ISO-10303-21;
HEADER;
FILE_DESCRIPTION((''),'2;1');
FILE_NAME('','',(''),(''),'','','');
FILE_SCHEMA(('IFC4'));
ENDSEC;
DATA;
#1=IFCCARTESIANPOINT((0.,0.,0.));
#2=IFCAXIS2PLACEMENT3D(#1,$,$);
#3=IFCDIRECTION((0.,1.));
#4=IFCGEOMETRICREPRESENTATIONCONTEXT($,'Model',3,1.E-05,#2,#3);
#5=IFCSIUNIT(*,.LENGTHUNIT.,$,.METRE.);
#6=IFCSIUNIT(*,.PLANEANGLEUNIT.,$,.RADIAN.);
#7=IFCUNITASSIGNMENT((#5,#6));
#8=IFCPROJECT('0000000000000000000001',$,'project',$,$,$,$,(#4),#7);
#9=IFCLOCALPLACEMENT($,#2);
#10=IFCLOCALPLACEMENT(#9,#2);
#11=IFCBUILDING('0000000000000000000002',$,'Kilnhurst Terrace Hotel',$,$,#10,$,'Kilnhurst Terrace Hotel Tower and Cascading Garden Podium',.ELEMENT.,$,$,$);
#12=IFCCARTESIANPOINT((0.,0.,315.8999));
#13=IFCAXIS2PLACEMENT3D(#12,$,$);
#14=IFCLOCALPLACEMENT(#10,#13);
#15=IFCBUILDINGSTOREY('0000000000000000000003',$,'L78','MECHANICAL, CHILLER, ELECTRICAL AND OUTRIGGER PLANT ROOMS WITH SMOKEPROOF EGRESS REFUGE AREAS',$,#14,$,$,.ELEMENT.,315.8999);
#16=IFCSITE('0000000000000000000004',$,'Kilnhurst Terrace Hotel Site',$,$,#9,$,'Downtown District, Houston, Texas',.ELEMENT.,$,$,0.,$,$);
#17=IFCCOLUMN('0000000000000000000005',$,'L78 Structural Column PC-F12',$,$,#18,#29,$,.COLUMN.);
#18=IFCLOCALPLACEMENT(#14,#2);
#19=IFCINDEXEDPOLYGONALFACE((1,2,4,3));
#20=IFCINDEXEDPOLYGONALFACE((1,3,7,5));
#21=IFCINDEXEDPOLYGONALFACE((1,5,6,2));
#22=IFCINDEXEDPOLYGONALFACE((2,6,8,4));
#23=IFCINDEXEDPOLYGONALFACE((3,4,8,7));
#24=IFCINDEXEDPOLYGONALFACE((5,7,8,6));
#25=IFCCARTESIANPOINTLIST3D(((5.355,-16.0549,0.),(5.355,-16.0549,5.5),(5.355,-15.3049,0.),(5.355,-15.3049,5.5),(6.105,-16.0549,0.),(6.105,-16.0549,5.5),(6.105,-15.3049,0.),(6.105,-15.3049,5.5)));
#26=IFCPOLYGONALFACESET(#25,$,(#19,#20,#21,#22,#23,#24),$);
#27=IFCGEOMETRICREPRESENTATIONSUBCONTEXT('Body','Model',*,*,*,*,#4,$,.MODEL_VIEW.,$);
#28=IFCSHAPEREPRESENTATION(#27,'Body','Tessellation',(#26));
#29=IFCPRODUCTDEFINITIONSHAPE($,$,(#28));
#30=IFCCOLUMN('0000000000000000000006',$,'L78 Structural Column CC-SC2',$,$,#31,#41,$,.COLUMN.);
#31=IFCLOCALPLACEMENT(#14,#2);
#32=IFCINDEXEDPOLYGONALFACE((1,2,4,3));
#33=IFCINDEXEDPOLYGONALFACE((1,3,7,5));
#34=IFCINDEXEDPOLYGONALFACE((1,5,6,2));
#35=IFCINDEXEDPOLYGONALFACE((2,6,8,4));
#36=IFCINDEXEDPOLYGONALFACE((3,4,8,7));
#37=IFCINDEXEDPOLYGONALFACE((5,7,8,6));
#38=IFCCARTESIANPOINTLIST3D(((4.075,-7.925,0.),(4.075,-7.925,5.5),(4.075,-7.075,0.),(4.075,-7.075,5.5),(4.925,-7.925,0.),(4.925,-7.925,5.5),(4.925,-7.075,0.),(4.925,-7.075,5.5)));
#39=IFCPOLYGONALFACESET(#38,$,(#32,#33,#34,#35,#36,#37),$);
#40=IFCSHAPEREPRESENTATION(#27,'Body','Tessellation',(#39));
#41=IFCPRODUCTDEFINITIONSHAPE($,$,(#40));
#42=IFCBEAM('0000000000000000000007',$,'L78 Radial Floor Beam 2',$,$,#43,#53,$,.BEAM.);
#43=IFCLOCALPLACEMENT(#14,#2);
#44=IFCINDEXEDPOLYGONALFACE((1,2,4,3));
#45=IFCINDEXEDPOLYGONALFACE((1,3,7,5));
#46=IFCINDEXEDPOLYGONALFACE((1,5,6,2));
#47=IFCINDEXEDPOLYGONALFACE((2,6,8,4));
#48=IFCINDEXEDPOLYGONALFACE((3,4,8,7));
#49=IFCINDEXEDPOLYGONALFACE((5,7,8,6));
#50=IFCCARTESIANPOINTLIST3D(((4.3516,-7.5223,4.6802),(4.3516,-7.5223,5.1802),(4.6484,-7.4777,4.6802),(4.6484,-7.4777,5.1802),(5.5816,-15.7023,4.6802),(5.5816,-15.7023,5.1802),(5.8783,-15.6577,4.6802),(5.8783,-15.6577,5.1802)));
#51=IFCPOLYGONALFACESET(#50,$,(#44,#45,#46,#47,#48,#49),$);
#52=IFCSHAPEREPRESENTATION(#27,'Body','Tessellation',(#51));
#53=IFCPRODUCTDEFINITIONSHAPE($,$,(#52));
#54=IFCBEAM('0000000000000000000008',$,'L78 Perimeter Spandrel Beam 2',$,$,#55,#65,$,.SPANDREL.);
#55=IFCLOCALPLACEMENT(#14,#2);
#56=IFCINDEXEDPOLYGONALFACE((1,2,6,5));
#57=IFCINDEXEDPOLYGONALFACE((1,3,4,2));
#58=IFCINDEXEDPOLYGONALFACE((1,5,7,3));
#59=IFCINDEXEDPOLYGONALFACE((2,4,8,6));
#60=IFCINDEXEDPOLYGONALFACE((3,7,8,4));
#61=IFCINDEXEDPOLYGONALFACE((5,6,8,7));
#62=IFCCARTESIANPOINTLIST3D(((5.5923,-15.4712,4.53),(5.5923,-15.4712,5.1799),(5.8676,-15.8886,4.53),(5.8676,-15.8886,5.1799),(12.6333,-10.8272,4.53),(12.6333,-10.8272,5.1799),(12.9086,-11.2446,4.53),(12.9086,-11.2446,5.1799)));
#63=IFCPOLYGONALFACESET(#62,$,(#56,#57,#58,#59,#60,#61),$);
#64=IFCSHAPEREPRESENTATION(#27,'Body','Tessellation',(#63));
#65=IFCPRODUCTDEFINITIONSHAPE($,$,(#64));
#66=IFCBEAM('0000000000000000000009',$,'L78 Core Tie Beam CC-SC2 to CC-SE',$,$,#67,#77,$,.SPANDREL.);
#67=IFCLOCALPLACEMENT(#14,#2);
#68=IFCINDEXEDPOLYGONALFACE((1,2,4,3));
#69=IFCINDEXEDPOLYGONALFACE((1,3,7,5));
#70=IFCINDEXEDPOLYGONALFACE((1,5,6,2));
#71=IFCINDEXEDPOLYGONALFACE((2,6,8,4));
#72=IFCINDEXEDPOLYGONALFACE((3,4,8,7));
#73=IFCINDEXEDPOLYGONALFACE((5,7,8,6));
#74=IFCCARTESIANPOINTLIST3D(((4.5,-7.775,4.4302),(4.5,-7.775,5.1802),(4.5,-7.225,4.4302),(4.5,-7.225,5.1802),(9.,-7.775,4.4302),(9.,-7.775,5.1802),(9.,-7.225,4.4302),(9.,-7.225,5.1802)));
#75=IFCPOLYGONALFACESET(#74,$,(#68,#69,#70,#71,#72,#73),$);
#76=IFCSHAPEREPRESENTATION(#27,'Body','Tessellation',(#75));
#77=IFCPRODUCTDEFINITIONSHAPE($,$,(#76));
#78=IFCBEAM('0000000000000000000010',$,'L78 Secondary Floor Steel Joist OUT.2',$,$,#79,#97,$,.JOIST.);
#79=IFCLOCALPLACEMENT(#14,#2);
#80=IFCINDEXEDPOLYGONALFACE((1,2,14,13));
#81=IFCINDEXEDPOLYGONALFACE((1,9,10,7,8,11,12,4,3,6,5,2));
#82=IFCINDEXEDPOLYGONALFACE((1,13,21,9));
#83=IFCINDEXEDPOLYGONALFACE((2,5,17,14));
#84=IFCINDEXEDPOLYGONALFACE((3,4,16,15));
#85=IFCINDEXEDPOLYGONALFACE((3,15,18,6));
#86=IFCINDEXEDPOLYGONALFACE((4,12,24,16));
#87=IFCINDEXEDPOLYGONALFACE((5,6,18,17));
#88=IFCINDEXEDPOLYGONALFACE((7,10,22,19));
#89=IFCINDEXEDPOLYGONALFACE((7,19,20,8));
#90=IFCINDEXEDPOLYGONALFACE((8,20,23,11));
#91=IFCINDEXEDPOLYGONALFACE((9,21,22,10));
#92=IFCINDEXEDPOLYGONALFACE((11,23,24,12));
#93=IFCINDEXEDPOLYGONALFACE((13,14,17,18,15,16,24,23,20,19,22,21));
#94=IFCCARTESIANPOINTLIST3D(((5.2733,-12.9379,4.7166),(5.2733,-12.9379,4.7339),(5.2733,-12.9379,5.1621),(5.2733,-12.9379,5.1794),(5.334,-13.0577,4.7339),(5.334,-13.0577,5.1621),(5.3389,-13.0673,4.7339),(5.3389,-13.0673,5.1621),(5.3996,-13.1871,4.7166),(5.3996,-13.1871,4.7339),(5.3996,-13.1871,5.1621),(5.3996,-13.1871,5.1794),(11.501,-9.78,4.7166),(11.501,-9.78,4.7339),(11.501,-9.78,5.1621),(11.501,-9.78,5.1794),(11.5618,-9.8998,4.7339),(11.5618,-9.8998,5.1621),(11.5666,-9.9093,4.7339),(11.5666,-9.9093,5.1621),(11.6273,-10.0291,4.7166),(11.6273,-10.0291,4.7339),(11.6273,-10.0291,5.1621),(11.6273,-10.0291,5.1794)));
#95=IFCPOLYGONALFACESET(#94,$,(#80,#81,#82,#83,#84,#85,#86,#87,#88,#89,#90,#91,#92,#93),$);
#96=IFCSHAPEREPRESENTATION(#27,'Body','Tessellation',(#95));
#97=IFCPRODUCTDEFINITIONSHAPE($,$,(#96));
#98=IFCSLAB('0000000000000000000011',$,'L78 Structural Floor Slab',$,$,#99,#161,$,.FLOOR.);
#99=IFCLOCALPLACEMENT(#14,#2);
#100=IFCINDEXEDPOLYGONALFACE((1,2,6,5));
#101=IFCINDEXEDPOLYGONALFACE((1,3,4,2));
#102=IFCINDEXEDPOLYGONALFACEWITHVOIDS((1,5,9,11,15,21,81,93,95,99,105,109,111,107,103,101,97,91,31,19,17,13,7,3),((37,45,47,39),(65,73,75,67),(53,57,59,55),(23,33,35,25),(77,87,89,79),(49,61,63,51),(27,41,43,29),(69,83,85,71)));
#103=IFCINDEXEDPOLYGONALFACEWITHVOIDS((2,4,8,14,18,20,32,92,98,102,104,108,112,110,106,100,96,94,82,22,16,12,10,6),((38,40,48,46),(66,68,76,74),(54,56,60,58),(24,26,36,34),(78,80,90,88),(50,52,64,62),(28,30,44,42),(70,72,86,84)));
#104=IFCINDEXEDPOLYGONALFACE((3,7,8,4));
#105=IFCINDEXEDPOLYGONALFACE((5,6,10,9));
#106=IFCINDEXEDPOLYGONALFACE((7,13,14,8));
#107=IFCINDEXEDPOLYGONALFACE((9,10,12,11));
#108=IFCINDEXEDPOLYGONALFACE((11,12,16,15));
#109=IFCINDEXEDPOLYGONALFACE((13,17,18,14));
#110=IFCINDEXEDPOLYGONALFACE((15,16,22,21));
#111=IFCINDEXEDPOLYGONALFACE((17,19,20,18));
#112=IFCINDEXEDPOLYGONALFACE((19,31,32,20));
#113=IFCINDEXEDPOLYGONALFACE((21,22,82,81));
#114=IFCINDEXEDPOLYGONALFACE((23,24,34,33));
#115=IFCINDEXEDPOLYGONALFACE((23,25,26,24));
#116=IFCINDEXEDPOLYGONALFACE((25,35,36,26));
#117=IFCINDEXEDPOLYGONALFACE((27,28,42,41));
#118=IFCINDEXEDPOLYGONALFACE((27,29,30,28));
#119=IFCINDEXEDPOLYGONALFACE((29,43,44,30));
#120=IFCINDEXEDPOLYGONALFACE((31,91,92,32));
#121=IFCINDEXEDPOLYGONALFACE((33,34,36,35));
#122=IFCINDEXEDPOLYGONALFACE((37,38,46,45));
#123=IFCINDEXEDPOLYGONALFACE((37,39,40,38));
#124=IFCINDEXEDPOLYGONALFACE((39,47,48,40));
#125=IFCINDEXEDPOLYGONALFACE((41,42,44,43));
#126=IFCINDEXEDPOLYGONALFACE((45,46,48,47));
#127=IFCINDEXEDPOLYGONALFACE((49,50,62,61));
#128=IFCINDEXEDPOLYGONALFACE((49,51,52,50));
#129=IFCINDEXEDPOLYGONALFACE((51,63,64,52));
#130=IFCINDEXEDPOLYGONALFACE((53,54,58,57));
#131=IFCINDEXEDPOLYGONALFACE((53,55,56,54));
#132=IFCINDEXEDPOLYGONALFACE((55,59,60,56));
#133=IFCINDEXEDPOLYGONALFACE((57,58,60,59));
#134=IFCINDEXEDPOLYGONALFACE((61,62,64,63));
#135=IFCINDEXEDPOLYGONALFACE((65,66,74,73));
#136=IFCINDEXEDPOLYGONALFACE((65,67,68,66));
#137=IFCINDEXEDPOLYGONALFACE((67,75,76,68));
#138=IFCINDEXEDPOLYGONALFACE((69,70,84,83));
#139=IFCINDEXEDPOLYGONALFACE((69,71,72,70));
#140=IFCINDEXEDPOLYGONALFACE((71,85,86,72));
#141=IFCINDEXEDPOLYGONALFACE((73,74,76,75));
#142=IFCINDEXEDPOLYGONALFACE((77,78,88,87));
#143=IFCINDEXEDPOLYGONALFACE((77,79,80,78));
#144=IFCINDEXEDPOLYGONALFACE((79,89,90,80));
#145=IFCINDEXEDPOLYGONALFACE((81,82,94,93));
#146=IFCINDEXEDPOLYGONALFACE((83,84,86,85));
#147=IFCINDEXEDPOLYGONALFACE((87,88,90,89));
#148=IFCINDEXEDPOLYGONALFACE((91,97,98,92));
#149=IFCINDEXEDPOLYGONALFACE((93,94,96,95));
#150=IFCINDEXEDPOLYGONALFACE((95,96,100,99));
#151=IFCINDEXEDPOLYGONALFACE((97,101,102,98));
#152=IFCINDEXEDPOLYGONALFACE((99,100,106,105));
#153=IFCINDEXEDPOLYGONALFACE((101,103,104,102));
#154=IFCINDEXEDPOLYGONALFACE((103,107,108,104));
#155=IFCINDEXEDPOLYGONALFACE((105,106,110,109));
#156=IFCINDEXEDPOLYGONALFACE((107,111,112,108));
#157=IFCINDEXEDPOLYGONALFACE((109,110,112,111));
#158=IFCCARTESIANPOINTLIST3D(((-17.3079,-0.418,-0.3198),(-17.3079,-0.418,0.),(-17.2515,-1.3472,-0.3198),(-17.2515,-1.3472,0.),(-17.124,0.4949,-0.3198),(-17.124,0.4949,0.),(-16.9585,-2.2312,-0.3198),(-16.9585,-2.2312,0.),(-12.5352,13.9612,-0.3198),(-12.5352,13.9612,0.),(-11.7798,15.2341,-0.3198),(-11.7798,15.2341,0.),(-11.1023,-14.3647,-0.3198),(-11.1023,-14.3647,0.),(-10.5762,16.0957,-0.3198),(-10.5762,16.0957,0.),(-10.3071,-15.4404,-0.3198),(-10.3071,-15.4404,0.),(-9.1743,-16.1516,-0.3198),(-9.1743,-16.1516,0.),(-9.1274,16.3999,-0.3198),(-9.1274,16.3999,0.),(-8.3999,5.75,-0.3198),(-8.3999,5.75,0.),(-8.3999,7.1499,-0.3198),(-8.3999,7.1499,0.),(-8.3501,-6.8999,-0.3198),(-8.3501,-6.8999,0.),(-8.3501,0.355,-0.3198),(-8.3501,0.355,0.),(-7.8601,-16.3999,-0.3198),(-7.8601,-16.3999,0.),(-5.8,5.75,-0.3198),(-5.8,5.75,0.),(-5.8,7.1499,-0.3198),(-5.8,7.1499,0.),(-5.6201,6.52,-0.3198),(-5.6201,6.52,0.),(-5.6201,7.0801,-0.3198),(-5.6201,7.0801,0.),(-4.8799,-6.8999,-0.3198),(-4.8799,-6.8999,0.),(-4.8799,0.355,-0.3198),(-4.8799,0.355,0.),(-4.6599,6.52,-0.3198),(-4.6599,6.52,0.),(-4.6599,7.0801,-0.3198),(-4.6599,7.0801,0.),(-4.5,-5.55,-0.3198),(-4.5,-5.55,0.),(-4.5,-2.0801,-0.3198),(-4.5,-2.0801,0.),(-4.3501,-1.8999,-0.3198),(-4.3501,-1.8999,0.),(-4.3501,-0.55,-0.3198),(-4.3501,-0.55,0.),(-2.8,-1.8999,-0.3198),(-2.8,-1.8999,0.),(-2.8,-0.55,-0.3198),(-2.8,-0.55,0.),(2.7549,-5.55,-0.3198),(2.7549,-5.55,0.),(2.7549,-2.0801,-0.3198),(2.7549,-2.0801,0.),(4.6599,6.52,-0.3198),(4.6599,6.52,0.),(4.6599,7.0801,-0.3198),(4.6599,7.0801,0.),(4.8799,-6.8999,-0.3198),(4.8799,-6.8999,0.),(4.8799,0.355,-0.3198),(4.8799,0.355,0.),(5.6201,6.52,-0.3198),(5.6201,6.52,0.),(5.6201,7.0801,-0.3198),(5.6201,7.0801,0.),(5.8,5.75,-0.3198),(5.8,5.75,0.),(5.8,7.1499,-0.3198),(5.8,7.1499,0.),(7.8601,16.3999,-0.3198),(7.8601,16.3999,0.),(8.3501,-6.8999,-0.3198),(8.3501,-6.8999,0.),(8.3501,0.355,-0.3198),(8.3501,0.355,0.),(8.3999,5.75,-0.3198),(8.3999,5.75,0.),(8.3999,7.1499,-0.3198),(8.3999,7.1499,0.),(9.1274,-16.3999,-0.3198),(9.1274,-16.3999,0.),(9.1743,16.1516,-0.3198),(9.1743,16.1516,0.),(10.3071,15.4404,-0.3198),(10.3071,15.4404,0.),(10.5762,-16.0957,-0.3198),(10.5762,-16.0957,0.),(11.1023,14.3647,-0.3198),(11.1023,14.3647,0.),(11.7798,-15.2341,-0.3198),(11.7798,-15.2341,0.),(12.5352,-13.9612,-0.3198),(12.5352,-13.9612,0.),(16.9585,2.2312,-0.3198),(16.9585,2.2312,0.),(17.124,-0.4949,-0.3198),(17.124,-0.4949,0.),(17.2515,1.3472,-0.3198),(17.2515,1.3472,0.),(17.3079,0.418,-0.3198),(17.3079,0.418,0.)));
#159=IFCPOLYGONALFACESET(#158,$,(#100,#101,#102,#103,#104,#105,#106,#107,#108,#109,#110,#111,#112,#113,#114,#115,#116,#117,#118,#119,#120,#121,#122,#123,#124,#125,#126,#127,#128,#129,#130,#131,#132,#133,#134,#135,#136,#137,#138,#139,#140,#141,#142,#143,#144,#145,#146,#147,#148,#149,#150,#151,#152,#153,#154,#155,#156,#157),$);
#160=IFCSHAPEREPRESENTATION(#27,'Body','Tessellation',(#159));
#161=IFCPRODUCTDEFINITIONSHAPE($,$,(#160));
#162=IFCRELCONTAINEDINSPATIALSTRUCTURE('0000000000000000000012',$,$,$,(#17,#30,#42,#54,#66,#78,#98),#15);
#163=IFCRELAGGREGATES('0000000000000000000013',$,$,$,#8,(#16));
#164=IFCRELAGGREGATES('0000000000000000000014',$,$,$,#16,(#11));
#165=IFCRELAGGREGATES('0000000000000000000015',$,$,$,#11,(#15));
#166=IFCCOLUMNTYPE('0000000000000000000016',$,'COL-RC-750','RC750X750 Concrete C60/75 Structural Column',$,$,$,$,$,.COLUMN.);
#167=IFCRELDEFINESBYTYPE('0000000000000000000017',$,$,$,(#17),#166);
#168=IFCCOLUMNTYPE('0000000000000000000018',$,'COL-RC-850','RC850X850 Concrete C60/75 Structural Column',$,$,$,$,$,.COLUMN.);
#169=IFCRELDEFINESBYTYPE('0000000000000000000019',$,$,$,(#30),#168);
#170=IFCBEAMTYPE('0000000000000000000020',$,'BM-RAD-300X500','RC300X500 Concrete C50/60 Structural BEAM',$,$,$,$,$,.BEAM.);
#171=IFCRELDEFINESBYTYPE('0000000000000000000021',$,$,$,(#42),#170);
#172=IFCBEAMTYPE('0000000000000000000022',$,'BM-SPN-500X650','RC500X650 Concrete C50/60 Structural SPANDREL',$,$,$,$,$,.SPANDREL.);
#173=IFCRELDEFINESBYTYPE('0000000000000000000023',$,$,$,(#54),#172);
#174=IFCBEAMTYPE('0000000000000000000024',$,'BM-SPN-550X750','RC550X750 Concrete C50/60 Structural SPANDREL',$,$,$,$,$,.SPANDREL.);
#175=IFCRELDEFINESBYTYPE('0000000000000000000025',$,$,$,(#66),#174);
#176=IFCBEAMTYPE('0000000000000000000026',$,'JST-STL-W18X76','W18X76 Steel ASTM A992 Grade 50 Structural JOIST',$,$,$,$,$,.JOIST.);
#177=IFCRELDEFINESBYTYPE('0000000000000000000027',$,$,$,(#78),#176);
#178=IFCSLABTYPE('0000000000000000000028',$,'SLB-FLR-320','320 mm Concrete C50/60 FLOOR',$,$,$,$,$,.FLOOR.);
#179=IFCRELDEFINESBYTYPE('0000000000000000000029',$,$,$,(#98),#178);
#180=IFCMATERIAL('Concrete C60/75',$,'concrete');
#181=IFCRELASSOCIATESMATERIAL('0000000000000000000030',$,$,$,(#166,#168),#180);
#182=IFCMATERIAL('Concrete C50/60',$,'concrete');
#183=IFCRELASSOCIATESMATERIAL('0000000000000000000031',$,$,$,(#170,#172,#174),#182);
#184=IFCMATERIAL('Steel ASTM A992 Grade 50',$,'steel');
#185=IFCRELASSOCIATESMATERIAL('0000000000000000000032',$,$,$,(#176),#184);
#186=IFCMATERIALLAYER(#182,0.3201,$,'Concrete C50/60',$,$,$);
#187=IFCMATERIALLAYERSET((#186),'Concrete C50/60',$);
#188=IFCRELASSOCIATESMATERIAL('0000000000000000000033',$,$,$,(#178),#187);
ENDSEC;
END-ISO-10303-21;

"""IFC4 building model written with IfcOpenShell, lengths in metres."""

from ifc_helpers import new_model, si_unit, direction, frame, origin, origin_2d, place, context, subcontext, project, spatial, polyline, rectangle, i_section, outline, extrude, material, layer, layer_set, material_profile, profile_set, type_object, element, save


model = new_model("IFC4")

# Units and contexts
model_context = context("Model", 3, precision=1e-05, world=origin(), true_north=direction((0.0, 1.0)))
body_context = subcontext(model_context, "Body", "Model", "MODEL_VIEW")
ifc_project = project(units=[si_unit("LENGTHUNIT", "METRE"), si_unit("PLANEANGLEUNIT", "RADIAN")], contexts=[model_context])

# Site, building, storey
site_placement = place(None, origin())
site = spatial("IfcSite", under=ifc_project, at=site_placement, Name="Kilnhurst Terrace Hotel Site", LongName="Downtown District, Houston, Texas", CompositionType="ELEMENT", RefElevation=0.0)
building_placement = place(site_placement, origin())
building = spatial("IfcBuilding", under=site, at=building_placement, Name="Kilnhurst Terrace Hotel", LongName="Kilnhurst Terrace Hotel Tower and Cascading Garden Podium", CompositionType="ELEMENT")
storey_placement = place(building_placement, frame((0.0, 0.0, 315.8999)))
storey = spatial("IfcBuildingStorey", under=building, at=storey_placement, Name="L78", Description="MECHANICAL, CHILLER, ELECTRICAL AND OUTRIGGER PLANT ROOMS WITH SMOKEPROOF EGRESS REFUGE AREAS", CompositionType="ELEMENT", Elevation=315.8999)

# Columns
ifc_material_1 = material(Name="Concrete C60/75", Category="concrete")
ifc_material_profile_1 = material_profile(ifc_material_1, rectangle(XDim=0.75, YDim=0.75, at=origin_2d()), Name="RC750X750")
ifc_profile_set_1 = profile_set([ifc_material_profile_1], Name="Concrete C60/75")
column_type_1 = type_object("IfcColumnType", Name="COL-RC-750", Description="RC750X750 Concrete C60/75 Structural Column", PredefinedType="COLUMN", material=ifc_profile_set_1)
column_1_placement = place(storey_placement, frame((5.73, -15.6799, 0.0), z_axis=(0.0, 0.0, 1.0), x_axis=(1.0, 0.0, 0.0)))
element("IfcColumn", 1, at=column_1_placement, inside=storey, type_object=column_type_1, Name="L78 Structural Column PC-F12", PredefinedType="COLUMN", context=body_context, shape_type="SweptSolid", body=[
    extrude(rectangle(XDim=0.75, YDim=0.75, at=origin_2d()), origin(), (0.0, 0.0, 1.0), 5.5),
])
ifc_material_profile_2 = material_profile(ifc_material_1, rectangle(XDim=0.8501, YDim=0.8501, at=origin_2d()), Name="RC850X850")
ifc_profile_set_2 = profile_set([ifc_material_profile_2], Name="Concrete C60/75")
column_type_2 = type_object("IfcColumnType", Name="COL-RC-850", Description="RC850X850 Concrete C60/75 Structural Column", PredefinedType="COLUMN", material=ifc_profile_set_2)
column_2_placement = place(storey_placement, frame((4.5, -7.5, 0.0), z_axis=(0.0, 0.0, 1.0), x_axis=(1.0, 0.0, 0.0)))
element("IfcColumn", 2, at=column_2_placement, inside=storey, type_object=column_type_2, Name="L78 Structural Column CC-SC2", PredefinedType="COLUMN", context=body_context, shape_type="SweptSolid", body=[
    extrude(rectangle(XDim=0.8501, YDim=0.8501, at=origin_2d()), origin(), (0.0, 0.0, 1.0), 5.5),
])

# Beams
ifc_material_2 = material(Name="Concrete C50/60", Category="concrete")
ifc_material_profile_3 = material_profile(ifc_material_2, rectangle(XDim=0.3, YDim=0.5, at=origin_2d()), Name="RC300X500")
ifc_profile_set_3 = profile_set([ifc_material_profile_3], Name="Concrete C50/60")
beam_type_1 = type_object("IfcBeamType", Name="BM-RAD-300X500", Description="RC300X500 Concrete C50/60 Structural BEAM", PredefinedType="BEAM", material=ifc_profile_set_3)
beam_1_placement = place(storey_placement, frame((4.5, -7.5, 4.9302), z_axis=(0.148694, -0.988883, 0.0), x_axis=(0.988883, 0.148694, 0.0)))
element("IfcBeam", 3, at=beam_1_placement, inside=storey, type_object=beam_type_1, Name="L78 Radial Floor Beam 2", PredefinedType="BEAM", context=body_context, shape_type="SweptSolid", body=[
    extrude(rectangle(XDim=0.3, YDim=0.5, at=origin_2d()), origin(), (0.0, 0.0, 1.0), 8.272),
])
ifc_material_profile_4 = material_profile(ifc_material_2, rectangle(XDim=0.5, YDim=0.6499, at=origin_2d()), Name="RC500X650")
ifc_profile_set_4 = profile_set([ifc_material_profile_4], Name="Concrete C50/60")
beam_type_2 = type_object("IfcBeamType", Name="BM-SPN-500X650", Description="RC500X650 Concrete C50/60 Structural SPANDREL", PredefinedType="SPANDREL", material=ifc_profile_set_4)
beam_2_placement = place(storey_placement, frame((5.73, -15.6799, 4.855), z_axis=(0.834774, 0.550592, 0.0), x_axis=(-0.550592, 0.834774, 0.0)))
element("IfcBeam", 4, at=beam_2_placement, inside=storey, type_object=beam_type_2, Name="L78 Perimeter Spandrel Beam 2", PredefinedType="SPANDREL", context=body_context, shape_type="SweptSolid", body=[
    extrude(rectangle(XDim=0.5, YDim=0.6499, at=origin_2d()), origin(), (0.0, 0.0, 1.0), 8.4346),
])
ifc_material_profile_5 = material_profile(ifc_material_2, rectangle(XDim=0.55, YDim=0.75, at=origin_2d()), Name="RC550X750")
ifc_profile_set_5 = profile_set([ifc_material_profile_5], Name="Concrete C50/60")
beam_type_3 = type_object("IfcBeamType", Name="BM-SPN-550X750", Description="RC550X750 Concrete C50/60 Structural SPANDREL", PredefinedType="SPANDREL", material=ifc_profile_set_5)
beam_3_placement = place(storey_placement, frame((4.5, -7.5, 4.8052), z_axis=(1.0, 0.0, 0.0), x_axis=(0.0, 1.0, 0.0)))
element("IfcBeam", 5, at=beam_3_placement, inside=storey, type_object=beam_type_3, Name="L78 Core Tie Beam CC-SC2 to CC-SE", PredefinedType="SPANDREL", context=body_context, shape_type="SweptSolid", body=[
    extrude(rectangle(XDim=0.55, YDim=0.75, at=origin_2d()), origin(), (0.0, 0.0, 1.0), 4.5),
])
ifc_material_3 = material(Name="Steel ASTM A992 Grade 50", Category="steel")
ifc_material_profile_6 = material_profile(ifc_material_3, i_section(OverallWidth=0.2793, OverallDepth=0.4629, WebThickness=0.0107, FlangeThickness=0.0173, at=origin_2d()), Name="W18X76")
ifc_profile_set_6 = profile_set([ifc_material_profile_6], Name="Steel ASTM A992 Grade 50")
beam_type_4 = type_object("IfcBeamType", Name="JST-STL-W18X76", Description="W18X76 Steel ASTM A992 Grade 50 Structural JOIST", PredefinedType="JOIST", material=ifc_profile_set_6)
beam_4_placement = place(storey_placement, frame((5.3364, -13.0625, 4.948), z_axis=(0.891889, 0.452255, 0.0), x_axis=(-0.452255, 0.891889, 0.0)))
element("IfcBeam", 6, at=beam_4_placement, inside=storey, type_object=beam_type_4, Name="L78 Secondary Floor Steel Joist OUT.2", PredefinedType="JOIST", context=body_context, shape_type="SweptSolid", body=[
    extrude(i_section(OverallWidth=0.2793, OverallDepth=0.4629, WebThickness=0.0107, FlangeThickness=0.0173, at=origin_2d()), origin(), (0.0, 0.0, 1.0), 6.9827),
])

# Slab
ifc_layer_1 = layer(ifc_material_2, 0.3201, Name="Concrete C50/60")
ifc_layer_set_1 = layer_set([ifc_layer_1], Name="Concrete C50/60")
slab_type = type_object("IfcSlabType", Name="SLB-FLR-320", Description="320 mm Concrete C50/60 FLOOR", PredefinedType="FLOOR", material=ifc_layer_set_1)
slab_placement = place(storey_placement, frame((0.0, 0.0, -0.3198)))
element("IfcSlab", 7, at=slab_placement, inside=storey, type_object=slab_type, Name="L78 Structural Floor Slab", PredefinedType="FLOOR", context=body_context, shape_type="SweptSolid", body=[
    extrude(outline(polyline([(-11.1023, -14.3647), (-10.3071, -15.4404), (-9.1743, -16.1516), (-7.8601, -16.3999), (9.1274, -16.3999), (10.5762, -16.0957), (11.7798, -15.2341), (12.5352, -13.9612), (17.124, -0.4949), (17.3079, 0.418), (17.2515, 1.3472), (16.9585, 2.2312), (11.1023, 14.3647), (10.3071, 15.4404), (9.1743, 16.1516), (7.8601, 16.3999), (-9.1274, 16.3999), (-10.5762, 16.0957), (-11.7798, 15.2341), (-12.5352, 13.9612), (-17.124, 0.4949), (-17.3079, -0.418), (-17.2515, -1.3472), (-16.9585, -2.2312), (-11.1023, -14.3647)]), holes=[polyline([(2.7549, -2.0801), (2.7549, -5.55), (-4.5, -5.55), (-4.5, -2.0801), (2.7549, -2.0801)]), polyline([(-8.3501, 0.355), (-4.8799, 0.355), (-4.8799, -6.8999), (-8.3501, -6.8999), (-8.3501, 0.355)]), polyline([(4.8799, 0.355), (8.3501, 0.355), (8.3501, -6.8999), (4.8799, -6.8999), (4.8799, 0.355)]), polyline([(-2.8, -1.8999), (-4.3501, -1.8999), (-4.3501, -0.55), (-2.8, -0.55), (-2.8, -1.8999)]), polyline([(-5.8, 5.75), (-8.3999, 5.75), (-8.3999, 7.1499), (-5.8, 7.1499), (-5.8, 5.75)]), polyline([(8.3999, 5.75), (5.8, 5.75), (5.8, 7.1499), (8.3999, 7.1499), (8.3999, 5.75)]), polyline([(-4.6599, 6.52), (-5.6201, 6.52), (-5.6201, 7.0801), (-4.6599, 7.0801), (-4.6599, 6.52)]), polyline([(5.6201, 6.52), (4.6599, 6.52), (4.6599, 7.0801), (5.6201, 7.0801), (5.6201, 6.52)])]), origin(), (0.0, 0.0, 1.0), 0.3198),
])

save(model, "model.ifc")
